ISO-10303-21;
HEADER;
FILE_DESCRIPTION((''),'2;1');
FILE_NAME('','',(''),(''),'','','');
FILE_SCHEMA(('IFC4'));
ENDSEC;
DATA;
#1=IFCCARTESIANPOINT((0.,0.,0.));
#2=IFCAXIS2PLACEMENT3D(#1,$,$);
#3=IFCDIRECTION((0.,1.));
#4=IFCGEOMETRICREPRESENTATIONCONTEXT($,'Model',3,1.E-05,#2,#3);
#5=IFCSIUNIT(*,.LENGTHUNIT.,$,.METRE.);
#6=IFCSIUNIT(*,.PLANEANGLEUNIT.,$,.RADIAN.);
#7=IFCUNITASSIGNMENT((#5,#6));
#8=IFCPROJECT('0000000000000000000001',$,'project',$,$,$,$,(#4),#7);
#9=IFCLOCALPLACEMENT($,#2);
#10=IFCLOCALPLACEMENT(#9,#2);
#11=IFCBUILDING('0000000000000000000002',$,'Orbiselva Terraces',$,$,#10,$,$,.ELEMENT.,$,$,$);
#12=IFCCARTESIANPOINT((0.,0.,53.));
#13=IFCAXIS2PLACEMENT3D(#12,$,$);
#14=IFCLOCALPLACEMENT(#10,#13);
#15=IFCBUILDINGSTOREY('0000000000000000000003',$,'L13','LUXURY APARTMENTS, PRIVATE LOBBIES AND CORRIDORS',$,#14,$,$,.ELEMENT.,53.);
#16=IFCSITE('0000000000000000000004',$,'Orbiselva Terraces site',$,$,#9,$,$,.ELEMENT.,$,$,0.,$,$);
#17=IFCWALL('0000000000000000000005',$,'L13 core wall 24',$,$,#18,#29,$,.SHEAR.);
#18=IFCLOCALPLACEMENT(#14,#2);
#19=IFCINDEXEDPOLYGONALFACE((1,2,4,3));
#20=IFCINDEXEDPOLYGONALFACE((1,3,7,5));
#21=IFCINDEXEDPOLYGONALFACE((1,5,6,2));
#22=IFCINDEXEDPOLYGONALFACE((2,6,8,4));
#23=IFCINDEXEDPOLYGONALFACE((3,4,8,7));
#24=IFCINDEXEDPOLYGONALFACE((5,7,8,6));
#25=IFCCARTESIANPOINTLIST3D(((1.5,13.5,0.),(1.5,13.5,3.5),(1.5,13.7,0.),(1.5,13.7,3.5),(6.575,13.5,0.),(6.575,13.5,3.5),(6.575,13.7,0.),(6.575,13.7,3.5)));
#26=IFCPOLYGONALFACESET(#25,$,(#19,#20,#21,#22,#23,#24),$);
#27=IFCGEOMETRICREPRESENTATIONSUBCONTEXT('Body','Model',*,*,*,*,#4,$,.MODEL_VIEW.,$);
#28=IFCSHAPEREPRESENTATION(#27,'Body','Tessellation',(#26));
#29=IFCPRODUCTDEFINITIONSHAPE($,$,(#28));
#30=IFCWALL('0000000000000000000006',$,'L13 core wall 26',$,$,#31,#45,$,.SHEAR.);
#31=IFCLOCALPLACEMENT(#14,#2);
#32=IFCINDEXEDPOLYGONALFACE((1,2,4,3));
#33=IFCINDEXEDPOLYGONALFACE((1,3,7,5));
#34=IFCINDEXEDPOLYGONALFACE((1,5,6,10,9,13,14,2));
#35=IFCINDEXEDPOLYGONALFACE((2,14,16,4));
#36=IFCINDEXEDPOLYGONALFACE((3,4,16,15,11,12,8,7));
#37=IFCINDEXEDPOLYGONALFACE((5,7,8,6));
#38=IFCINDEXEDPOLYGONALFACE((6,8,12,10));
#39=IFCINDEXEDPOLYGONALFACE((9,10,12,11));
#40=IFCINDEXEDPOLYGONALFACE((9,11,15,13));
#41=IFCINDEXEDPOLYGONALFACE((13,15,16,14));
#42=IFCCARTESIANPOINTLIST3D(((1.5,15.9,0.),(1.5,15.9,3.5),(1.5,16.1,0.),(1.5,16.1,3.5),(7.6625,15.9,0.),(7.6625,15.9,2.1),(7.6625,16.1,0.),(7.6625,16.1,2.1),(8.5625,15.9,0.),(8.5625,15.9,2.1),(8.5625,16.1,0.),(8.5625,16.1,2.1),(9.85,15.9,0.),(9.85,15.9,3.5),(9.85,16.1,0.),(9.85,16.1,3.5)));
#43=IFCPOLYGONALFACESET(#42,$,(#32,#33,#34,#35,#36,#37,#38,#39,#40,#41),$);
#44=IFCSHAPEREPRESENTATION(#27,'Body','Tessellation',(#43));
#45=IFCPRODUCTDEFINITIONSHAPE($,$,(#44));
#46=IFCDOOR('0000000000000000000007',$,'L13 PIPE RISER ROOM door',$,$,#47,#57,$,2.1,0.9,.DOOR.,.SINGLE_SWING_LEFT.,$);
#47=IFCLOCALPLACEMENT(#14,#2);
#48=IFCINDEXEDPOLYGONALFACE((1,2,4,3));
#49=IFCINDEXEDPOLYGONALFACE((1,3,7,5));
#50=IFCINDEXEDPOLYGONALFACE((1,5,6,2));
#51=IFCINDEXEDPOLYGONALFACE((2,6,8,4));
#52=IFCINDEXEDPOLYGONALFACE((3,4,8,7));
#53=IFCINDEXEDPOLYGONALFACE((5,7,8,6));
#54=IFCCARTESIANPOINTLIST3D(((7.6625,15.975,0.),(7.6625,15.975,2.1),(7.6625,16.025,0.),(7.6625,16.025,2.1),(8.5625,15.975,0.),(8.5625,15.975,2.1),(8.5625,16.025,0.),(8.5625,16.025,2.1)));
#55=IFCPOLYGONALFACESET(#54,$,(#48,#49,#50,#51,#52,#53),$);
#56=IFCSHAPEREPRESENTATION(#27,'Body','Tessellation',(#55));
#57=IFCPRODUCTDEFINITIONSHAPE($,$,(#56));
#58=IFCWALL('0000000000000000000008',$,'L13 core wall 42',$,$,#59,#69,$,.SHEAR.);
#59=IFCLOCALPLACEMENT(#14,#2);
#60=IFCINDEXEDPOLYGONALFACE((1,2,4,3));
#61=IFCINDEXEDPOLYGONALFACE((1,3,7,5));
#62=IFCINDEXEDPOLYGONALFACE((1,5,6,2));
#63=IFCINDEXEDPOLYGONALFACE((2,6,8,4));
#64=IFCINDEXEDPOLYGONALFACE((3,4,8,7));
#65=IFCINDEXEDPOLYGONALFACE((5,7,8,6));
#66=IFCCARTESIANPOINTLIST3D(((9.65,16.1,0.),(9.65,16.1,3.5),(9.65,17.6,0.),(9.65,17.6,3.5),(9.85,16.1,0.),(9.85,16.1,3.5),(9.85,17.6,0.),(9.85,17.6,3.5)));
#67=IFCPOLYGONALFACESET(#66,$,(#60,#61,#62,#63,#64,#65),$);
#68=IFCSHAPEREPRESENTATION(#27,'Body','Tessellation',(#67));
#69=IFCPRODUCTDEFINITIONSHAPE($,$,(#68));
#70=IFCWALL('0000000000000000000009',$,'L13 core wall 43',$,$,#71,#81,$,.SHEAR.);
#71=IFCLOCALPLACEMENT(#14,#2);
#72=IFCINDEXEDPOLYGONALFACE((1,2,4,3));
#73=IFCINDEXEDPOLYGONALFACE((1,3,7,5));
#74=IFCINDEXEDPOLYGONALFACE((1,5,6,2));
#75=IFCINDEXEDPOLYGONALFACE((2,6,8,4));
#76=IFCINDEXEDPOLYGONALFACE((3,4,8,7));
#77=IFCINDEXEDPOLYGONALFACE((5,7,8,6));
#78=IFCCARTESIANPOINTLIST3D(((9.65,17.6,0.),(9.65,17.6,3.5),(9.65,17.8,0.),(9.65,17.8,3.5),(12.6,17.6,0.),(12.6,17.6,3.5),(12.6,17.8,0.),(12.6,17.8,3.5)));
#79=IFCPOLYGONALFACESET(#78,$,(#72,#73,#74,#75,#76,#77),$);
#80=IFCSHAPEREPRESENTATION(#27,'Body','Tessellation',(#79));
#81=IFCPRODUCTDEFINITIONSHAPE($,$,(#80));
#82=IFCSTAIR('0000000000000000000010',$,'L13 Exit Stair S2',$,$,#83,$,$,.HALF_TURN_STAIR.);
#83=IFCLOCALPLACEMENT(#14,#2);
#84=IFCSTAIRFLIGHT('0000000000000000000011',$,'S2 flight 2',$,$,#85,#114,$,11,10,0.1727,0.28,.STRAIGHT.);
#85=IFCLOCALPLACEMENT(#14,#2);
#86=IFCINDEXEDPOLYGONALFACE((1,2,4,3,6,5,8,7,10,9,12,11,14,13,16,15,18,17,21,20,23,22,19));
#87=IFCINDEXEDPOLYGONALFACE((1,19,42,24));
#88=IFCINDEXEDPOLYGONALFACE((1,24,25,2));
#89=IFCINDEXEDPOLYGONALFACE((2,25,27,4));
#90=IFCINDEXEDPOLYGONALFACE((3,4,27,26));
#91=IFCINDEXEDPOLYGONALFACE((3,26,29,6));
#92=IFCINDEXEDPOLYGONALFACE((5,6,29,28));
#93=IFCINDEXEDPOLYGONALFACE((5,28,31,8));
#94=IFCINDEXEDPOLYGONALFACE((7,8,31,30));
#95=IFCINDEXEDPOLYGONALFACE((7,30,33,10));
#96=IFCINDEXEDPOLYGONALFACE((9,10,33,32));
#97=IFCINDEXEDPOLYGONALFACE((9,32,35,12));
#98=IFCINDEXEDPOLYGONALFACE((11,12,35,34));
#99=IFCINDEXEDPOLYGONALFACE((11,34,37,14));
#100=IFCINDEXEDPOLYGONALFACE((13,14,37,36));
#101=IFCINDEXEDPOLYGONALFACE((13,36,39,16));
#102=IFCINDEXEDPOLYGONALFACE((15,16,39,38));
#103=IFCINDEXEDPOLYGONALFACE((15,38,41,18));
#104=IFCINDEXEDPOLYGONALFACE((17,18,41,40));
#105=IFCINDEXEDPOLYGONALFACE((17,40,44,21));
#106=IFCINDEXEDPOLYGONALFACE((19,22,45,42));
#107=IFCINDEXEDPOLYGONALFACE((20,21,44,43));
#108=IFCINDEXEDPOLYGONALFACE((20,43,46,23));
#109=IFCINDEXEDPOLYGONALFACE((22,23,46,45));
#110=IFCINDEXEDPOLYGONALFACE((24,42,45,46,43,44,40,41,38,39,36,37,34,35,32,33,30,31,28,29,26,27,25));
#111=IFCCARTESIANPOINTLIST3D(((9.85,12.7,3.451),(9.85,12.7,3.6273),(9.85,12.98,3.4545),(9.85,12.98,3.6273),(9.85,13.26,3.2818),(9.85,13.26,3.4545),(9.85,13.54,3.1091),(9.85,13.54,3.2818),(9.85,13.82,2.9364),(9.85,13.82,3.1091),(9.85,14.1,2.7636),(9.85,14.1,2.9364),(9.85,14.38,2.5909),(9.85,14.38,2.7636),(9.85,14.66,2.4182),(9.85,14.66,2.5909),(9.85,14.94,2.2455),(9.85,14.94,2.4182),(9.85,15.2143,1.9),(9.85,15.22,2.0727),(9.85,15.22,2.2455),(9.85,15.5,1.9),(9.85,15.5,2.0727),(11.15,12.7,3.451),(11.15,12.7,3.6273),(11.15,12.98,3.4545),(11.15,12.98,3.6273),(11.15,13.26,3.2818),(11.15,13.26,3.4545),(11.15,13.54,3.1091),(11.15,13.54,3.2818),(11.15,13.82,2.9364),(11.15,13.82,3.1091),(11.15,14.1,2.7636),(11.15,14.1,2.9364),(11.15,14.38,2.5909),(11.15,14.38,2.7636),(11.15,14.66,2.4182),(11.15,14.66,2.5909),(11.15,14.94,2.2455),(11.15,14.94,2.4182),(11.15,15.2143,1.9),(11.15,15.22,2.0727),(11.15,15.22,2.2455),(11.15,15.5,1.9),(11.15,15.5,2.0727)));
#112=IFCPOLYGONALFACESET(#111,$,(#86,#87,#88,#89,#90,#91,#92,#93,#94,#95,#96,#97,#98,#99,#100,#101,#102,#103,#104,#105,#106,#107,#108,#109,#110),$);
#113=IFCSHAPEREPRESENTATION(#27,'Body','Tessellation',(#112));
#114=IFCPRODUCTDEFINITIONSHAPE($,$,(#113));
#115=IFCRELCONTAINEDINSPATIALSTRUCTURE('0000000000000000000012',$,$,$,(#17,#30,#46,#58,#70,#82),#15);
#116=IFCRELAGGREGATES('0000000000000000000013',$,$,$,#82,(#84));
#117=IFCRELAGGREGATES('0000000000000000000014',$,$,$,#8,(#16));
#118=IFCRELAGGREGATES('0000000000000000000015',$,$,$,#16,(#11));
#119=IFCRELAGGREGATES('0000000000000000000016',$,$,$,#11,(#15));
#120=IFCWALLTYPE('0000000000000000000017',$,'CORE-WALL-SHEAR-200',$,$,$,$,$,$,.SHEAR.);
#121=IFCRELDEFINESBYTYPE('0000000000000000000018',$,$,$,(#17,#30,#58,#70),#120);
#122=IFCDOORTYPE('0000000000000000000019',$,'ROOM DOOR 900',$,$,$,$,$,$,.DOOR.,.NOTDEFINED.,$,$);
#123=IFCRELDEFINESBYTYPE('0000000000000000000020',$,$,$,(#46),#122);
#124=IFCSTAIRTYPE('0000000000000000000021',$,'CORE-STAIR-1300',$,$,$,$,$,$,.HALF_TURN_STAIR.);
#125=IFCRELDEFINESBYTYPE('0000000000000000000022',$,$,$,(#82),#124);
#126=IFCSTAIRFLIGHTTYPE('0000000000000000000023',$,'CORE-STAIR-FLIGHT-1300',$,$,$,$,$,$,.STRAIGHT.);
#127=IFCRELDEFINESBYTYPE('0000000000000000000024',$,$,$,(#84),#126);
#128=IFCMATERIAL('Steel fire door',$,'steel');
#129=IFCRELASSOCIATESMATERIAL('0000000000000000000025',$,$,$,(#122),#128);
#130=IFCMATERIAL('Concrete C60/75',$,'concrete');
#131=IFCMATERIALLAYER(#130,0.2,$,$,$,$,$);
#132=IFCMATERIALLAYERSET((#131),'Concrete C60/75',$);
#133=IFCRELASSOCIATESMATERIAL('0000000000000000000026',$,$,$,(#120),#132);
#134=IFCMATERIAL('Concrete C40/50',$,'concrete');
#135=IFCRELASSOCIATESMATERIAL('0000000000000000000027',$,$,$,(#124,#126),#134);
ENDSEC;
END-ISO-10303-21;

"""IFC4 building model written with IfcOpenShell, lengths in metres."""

from ifc_helpers import new_model, si_unit, direction, frame, frame_2d, origin, place, context, subcontext, project, spatial, polyline, rectangle, outline, extrude, material, layer, layer_set, type_object, element, fill, aggregate, save


model = new_model("IFC4")

# Units and contexts
model_context = context("Model", 3, precision=1e-05, world=origin(), true_north=direction((0.0, 1.0)))
body_context = subcontext(model_context, "Body", "Model", "MODEL_VIEW")
ifc_project = project(units=[si_unit("LENGTHUNIT", "METRE"), si_unit("PLANEANGLEUNIT", "RADIAN")], contexts=[model_context])

# Site, building, storey
site_placement = place(None, origin())
site = spatial("IfcSite", under=ifc_project, at=site_placement, Name="Orbiselva Terraces site", CompositionType="ELEMENT", RefElevation=0.0)
building_placement = place(site_placement, origin())
building = spatial("IfcBuilding", under=site, at=building_placement, Name="Orbiselva Terraces", CompositionType="ELEMENT")
storey_placement = place(building_placement, frame((0.0, 0.0, 53.0)))
storey = spatial("IfcBuildingStorey", under=building, at=storey_placement, Name="L13", Description="LUXURY APARTMENTS, PRIVATE LOBBIES AND CORRIDORS", CompositionType="ELEMENT", Elevation=53.0)

# Shared definitions
ifc_material_1 = material(Name="Steel fire door", Category="steel")
door_type = type_object("IfcDoorType", Name="ROOM DOOR 900", OperationType="NOTDEFINED", PredefinedType="DOOR", material=ifc_material_1)

# Shared definitions
ifc_material_2 = material(Name="Concrete C40/50", Category="concrete")

# Shared definitions
ifc_material_3 = material(Name="Concrete C60/75", Category="concrete")
ifc_layer_1 = layer(ifc_material_3, 0.2)
ifc_layer_set_1 = layer_set([ifc_layer_1], Name="Concrete C60/75")
wall_type_1 = type_object("IfcWallType", Name="CORE-WALL-SHEAR-200", PredefinedType="SHEAR", material=ifc_layer_set_1)

# Wall
wall_1_placement = place(storey_placement, frame((1.5, 13.6, 0.0), z_axis=(0.0, 0.0, 1.0), x_axis=(1.0, 0.0, 0.0)))
element("IfcWall", 1, at=wall_1_placement, inside=storey, type_object=wall_type_1, Name="L13 core wall 24", PredefinedType="SHEAR", context=body_context, shape_type="SweptSolid", body=[
    extrude(rectangle(XDim=5.075, YDim=0.2, at=frame_2d((2.5375, 0.0))), origin(), (0.0, 0.0, 1.0), 3.5),
])

# Wall, opening, door
wall_2_placement = place(storey_placement, frame((9.85, 16.0, 0.0), z_axis=(0.0, 0.0, 1.0), x_axis=(-1.0, 0.0, 0.0)))
wall_2 = element("IfcWall", 2, at=wall_2_placement, inside=storey, type_object=wall_type_1, Name="L13 core wall 26", PredefinedType="SHEAR", context=body_context, shape_type="SweptSolid", body=[
    extrude(rectangle(XDim=8.35, YDim=0.2, at=frame_2d((4.175, 0.0))), origin(), (0.0, 0.0, 1.0), 3.5),
])
opening_1_placement = place(wall_2_placement, frame((1.2875, 0.0, 0.0)))
opening_1 = element("IfcOpeningElement", 3, at=opening_1_placement, cuts=wall_2, PredefinedType="OPENING", context=body_context, shape_type="SweptSolid", body=[
    extrude(rectangle(XDim=0.9, YDim=2.1, at=frame_2d((0.45, 1.05))), frame((0.0, 0.11, 0.0), z_axis=(0.0, -1.0, 0.0), x_axis=(1.0, 0.0, 0.0)), (0.0, 0.0, 1.0), 0.22),
])
door_1_placement = place(opening_1_placement, origin())
door_1 = element("IfcDoor", 4, at=door_1_placement, inside=storey, type_object=door_type, Name="L13 PIPE RISER ROOM door", OperationType="SINGLE_SWING_LEFT", OverallHeight=2.1, OverallWidth=0.9, PredefinedType="DOOR", context=body_context, shape_type="SweptSolid", body=[
    extrude(rectangle(XDim=0.9, YDim=2.1, at=frame_2d((0.45, 1.05))), frame((0.0, 0.025, 0.0), z_axis=(0.0, -1.0, 0.0), x_axis=(1.0, 0.0, 0.0)), (0.0, 0.0, 1.0), 0.05),
])
fill(opening_1, door_1)

# Walls
wall_3_placement = place(storey_placement, frame((9.75, 16.1, 0.0), z_axis=(0.0, 0.0, 1.0), x_axis=(0.0, 1.0, 0.0)))
element("IfcWall", 5, at=wall_3_placement, inside=storey, type_object=wall_type_1, Name="L13 core wall 42", PredefinedType="SHEAR", context=body_context, shape_type="SweptSolid", body=[
    extrude(rectangle(XDim=1.5, YDim=0.2, at=frame_2d((0.75, 0.0))), origin(), (0.0, 0.0, 1.0), 3.5),
])
wall_4_placement = place(storey_placement, frame((9.65, 17.7, 0.0), z_axis=(0.0, 0.0, 1.0), x_axis=(1.0, 0.0, 0.0)))
element("IfcWall", 6, at=wall_4_placement, inside=storey, type_object=wall_type_1, Name="L13 core wall 43", PredefinedType="SHEAR", context=body_context, shape_type="SweptSolid", body=[
    extrude(rectangle(XDim=2.95, YDim=0.2, at=frame_2d((1.475, 0.0))), origin(), (0.0, 0.0, 1.0), 3.5),
])

# Stair, stair flight
stair_type = type_object("IfcStairType", Name="CORE-STAIR-1300", PredefinedType="HALF_TURN_STAIR", material=ifc_material_2)
stair_placement = place(storey_placement, origin())
stair = element("IfcStair", 7, at=stair_placement, inside=storey, type_object=stair_type, Name="L13 Exit Stair S2", PredefinedType="HALF_TURN_STAIR")
stair_flight_type = type_object("IfcStairFlightType", Name="CORE-STAIR-FLIGHT-1300", PredefinedType="STRAIGHT", material=ifc_material_2)
stair_flight_placement = place(storey_placement, frame((10.5, 15.5, 1.9), z_axis=(0.0, 0.0, 1.0), x_axis=(0.0, -1.0, 0.0)))
stair_flight = element("IfcStairFlight", 8, at=stair_flight_placement, type_object=stair_flight_type, Name="S2 flight 2", NumberOfRisers=11, NumberOfTreads=10, PredefinedType="STRAIGHT", RiserHeight=0.1727, TreadLength=0.28, context=body_context, shape_type="SweptSolid", body=[
    extrude(outline(polyline([(0.0, 0.0), (0.0, 0.1727), (0.28, 0.1727), (0.28, 0.3455), (0.56, 0.3455), (0.56, 0.5182), (0.84, 0.5182), (0.84, 0.6909), (1.12, 0.6909), (1.12, 0.8636), (1.4, 0.8636), (1.4, 1.0364), (1.68, 1.0364), (1.68, 1.2091), (1.96, 1.2091), (1.96, 1.3818), (2.24, 1.3818), (2.24, 1.5545), (2.52, 1.5545), (2.52, 1.7273), (2.8, 1.7273), (2.8, 1.9), (2.8, 1.551), (0.2857, 0.0), (0.0, 0.0)])), frame((0.0, 0.65, 0.0), z_axis=(0.0, -1.0, 0.0), x_axis=(1.0, 0.0, 0.0)), (0.0, 0.0, 1.0), 1.3),
])
aggregate(stair, [stair_flight])

save(model, "model.ifc")
